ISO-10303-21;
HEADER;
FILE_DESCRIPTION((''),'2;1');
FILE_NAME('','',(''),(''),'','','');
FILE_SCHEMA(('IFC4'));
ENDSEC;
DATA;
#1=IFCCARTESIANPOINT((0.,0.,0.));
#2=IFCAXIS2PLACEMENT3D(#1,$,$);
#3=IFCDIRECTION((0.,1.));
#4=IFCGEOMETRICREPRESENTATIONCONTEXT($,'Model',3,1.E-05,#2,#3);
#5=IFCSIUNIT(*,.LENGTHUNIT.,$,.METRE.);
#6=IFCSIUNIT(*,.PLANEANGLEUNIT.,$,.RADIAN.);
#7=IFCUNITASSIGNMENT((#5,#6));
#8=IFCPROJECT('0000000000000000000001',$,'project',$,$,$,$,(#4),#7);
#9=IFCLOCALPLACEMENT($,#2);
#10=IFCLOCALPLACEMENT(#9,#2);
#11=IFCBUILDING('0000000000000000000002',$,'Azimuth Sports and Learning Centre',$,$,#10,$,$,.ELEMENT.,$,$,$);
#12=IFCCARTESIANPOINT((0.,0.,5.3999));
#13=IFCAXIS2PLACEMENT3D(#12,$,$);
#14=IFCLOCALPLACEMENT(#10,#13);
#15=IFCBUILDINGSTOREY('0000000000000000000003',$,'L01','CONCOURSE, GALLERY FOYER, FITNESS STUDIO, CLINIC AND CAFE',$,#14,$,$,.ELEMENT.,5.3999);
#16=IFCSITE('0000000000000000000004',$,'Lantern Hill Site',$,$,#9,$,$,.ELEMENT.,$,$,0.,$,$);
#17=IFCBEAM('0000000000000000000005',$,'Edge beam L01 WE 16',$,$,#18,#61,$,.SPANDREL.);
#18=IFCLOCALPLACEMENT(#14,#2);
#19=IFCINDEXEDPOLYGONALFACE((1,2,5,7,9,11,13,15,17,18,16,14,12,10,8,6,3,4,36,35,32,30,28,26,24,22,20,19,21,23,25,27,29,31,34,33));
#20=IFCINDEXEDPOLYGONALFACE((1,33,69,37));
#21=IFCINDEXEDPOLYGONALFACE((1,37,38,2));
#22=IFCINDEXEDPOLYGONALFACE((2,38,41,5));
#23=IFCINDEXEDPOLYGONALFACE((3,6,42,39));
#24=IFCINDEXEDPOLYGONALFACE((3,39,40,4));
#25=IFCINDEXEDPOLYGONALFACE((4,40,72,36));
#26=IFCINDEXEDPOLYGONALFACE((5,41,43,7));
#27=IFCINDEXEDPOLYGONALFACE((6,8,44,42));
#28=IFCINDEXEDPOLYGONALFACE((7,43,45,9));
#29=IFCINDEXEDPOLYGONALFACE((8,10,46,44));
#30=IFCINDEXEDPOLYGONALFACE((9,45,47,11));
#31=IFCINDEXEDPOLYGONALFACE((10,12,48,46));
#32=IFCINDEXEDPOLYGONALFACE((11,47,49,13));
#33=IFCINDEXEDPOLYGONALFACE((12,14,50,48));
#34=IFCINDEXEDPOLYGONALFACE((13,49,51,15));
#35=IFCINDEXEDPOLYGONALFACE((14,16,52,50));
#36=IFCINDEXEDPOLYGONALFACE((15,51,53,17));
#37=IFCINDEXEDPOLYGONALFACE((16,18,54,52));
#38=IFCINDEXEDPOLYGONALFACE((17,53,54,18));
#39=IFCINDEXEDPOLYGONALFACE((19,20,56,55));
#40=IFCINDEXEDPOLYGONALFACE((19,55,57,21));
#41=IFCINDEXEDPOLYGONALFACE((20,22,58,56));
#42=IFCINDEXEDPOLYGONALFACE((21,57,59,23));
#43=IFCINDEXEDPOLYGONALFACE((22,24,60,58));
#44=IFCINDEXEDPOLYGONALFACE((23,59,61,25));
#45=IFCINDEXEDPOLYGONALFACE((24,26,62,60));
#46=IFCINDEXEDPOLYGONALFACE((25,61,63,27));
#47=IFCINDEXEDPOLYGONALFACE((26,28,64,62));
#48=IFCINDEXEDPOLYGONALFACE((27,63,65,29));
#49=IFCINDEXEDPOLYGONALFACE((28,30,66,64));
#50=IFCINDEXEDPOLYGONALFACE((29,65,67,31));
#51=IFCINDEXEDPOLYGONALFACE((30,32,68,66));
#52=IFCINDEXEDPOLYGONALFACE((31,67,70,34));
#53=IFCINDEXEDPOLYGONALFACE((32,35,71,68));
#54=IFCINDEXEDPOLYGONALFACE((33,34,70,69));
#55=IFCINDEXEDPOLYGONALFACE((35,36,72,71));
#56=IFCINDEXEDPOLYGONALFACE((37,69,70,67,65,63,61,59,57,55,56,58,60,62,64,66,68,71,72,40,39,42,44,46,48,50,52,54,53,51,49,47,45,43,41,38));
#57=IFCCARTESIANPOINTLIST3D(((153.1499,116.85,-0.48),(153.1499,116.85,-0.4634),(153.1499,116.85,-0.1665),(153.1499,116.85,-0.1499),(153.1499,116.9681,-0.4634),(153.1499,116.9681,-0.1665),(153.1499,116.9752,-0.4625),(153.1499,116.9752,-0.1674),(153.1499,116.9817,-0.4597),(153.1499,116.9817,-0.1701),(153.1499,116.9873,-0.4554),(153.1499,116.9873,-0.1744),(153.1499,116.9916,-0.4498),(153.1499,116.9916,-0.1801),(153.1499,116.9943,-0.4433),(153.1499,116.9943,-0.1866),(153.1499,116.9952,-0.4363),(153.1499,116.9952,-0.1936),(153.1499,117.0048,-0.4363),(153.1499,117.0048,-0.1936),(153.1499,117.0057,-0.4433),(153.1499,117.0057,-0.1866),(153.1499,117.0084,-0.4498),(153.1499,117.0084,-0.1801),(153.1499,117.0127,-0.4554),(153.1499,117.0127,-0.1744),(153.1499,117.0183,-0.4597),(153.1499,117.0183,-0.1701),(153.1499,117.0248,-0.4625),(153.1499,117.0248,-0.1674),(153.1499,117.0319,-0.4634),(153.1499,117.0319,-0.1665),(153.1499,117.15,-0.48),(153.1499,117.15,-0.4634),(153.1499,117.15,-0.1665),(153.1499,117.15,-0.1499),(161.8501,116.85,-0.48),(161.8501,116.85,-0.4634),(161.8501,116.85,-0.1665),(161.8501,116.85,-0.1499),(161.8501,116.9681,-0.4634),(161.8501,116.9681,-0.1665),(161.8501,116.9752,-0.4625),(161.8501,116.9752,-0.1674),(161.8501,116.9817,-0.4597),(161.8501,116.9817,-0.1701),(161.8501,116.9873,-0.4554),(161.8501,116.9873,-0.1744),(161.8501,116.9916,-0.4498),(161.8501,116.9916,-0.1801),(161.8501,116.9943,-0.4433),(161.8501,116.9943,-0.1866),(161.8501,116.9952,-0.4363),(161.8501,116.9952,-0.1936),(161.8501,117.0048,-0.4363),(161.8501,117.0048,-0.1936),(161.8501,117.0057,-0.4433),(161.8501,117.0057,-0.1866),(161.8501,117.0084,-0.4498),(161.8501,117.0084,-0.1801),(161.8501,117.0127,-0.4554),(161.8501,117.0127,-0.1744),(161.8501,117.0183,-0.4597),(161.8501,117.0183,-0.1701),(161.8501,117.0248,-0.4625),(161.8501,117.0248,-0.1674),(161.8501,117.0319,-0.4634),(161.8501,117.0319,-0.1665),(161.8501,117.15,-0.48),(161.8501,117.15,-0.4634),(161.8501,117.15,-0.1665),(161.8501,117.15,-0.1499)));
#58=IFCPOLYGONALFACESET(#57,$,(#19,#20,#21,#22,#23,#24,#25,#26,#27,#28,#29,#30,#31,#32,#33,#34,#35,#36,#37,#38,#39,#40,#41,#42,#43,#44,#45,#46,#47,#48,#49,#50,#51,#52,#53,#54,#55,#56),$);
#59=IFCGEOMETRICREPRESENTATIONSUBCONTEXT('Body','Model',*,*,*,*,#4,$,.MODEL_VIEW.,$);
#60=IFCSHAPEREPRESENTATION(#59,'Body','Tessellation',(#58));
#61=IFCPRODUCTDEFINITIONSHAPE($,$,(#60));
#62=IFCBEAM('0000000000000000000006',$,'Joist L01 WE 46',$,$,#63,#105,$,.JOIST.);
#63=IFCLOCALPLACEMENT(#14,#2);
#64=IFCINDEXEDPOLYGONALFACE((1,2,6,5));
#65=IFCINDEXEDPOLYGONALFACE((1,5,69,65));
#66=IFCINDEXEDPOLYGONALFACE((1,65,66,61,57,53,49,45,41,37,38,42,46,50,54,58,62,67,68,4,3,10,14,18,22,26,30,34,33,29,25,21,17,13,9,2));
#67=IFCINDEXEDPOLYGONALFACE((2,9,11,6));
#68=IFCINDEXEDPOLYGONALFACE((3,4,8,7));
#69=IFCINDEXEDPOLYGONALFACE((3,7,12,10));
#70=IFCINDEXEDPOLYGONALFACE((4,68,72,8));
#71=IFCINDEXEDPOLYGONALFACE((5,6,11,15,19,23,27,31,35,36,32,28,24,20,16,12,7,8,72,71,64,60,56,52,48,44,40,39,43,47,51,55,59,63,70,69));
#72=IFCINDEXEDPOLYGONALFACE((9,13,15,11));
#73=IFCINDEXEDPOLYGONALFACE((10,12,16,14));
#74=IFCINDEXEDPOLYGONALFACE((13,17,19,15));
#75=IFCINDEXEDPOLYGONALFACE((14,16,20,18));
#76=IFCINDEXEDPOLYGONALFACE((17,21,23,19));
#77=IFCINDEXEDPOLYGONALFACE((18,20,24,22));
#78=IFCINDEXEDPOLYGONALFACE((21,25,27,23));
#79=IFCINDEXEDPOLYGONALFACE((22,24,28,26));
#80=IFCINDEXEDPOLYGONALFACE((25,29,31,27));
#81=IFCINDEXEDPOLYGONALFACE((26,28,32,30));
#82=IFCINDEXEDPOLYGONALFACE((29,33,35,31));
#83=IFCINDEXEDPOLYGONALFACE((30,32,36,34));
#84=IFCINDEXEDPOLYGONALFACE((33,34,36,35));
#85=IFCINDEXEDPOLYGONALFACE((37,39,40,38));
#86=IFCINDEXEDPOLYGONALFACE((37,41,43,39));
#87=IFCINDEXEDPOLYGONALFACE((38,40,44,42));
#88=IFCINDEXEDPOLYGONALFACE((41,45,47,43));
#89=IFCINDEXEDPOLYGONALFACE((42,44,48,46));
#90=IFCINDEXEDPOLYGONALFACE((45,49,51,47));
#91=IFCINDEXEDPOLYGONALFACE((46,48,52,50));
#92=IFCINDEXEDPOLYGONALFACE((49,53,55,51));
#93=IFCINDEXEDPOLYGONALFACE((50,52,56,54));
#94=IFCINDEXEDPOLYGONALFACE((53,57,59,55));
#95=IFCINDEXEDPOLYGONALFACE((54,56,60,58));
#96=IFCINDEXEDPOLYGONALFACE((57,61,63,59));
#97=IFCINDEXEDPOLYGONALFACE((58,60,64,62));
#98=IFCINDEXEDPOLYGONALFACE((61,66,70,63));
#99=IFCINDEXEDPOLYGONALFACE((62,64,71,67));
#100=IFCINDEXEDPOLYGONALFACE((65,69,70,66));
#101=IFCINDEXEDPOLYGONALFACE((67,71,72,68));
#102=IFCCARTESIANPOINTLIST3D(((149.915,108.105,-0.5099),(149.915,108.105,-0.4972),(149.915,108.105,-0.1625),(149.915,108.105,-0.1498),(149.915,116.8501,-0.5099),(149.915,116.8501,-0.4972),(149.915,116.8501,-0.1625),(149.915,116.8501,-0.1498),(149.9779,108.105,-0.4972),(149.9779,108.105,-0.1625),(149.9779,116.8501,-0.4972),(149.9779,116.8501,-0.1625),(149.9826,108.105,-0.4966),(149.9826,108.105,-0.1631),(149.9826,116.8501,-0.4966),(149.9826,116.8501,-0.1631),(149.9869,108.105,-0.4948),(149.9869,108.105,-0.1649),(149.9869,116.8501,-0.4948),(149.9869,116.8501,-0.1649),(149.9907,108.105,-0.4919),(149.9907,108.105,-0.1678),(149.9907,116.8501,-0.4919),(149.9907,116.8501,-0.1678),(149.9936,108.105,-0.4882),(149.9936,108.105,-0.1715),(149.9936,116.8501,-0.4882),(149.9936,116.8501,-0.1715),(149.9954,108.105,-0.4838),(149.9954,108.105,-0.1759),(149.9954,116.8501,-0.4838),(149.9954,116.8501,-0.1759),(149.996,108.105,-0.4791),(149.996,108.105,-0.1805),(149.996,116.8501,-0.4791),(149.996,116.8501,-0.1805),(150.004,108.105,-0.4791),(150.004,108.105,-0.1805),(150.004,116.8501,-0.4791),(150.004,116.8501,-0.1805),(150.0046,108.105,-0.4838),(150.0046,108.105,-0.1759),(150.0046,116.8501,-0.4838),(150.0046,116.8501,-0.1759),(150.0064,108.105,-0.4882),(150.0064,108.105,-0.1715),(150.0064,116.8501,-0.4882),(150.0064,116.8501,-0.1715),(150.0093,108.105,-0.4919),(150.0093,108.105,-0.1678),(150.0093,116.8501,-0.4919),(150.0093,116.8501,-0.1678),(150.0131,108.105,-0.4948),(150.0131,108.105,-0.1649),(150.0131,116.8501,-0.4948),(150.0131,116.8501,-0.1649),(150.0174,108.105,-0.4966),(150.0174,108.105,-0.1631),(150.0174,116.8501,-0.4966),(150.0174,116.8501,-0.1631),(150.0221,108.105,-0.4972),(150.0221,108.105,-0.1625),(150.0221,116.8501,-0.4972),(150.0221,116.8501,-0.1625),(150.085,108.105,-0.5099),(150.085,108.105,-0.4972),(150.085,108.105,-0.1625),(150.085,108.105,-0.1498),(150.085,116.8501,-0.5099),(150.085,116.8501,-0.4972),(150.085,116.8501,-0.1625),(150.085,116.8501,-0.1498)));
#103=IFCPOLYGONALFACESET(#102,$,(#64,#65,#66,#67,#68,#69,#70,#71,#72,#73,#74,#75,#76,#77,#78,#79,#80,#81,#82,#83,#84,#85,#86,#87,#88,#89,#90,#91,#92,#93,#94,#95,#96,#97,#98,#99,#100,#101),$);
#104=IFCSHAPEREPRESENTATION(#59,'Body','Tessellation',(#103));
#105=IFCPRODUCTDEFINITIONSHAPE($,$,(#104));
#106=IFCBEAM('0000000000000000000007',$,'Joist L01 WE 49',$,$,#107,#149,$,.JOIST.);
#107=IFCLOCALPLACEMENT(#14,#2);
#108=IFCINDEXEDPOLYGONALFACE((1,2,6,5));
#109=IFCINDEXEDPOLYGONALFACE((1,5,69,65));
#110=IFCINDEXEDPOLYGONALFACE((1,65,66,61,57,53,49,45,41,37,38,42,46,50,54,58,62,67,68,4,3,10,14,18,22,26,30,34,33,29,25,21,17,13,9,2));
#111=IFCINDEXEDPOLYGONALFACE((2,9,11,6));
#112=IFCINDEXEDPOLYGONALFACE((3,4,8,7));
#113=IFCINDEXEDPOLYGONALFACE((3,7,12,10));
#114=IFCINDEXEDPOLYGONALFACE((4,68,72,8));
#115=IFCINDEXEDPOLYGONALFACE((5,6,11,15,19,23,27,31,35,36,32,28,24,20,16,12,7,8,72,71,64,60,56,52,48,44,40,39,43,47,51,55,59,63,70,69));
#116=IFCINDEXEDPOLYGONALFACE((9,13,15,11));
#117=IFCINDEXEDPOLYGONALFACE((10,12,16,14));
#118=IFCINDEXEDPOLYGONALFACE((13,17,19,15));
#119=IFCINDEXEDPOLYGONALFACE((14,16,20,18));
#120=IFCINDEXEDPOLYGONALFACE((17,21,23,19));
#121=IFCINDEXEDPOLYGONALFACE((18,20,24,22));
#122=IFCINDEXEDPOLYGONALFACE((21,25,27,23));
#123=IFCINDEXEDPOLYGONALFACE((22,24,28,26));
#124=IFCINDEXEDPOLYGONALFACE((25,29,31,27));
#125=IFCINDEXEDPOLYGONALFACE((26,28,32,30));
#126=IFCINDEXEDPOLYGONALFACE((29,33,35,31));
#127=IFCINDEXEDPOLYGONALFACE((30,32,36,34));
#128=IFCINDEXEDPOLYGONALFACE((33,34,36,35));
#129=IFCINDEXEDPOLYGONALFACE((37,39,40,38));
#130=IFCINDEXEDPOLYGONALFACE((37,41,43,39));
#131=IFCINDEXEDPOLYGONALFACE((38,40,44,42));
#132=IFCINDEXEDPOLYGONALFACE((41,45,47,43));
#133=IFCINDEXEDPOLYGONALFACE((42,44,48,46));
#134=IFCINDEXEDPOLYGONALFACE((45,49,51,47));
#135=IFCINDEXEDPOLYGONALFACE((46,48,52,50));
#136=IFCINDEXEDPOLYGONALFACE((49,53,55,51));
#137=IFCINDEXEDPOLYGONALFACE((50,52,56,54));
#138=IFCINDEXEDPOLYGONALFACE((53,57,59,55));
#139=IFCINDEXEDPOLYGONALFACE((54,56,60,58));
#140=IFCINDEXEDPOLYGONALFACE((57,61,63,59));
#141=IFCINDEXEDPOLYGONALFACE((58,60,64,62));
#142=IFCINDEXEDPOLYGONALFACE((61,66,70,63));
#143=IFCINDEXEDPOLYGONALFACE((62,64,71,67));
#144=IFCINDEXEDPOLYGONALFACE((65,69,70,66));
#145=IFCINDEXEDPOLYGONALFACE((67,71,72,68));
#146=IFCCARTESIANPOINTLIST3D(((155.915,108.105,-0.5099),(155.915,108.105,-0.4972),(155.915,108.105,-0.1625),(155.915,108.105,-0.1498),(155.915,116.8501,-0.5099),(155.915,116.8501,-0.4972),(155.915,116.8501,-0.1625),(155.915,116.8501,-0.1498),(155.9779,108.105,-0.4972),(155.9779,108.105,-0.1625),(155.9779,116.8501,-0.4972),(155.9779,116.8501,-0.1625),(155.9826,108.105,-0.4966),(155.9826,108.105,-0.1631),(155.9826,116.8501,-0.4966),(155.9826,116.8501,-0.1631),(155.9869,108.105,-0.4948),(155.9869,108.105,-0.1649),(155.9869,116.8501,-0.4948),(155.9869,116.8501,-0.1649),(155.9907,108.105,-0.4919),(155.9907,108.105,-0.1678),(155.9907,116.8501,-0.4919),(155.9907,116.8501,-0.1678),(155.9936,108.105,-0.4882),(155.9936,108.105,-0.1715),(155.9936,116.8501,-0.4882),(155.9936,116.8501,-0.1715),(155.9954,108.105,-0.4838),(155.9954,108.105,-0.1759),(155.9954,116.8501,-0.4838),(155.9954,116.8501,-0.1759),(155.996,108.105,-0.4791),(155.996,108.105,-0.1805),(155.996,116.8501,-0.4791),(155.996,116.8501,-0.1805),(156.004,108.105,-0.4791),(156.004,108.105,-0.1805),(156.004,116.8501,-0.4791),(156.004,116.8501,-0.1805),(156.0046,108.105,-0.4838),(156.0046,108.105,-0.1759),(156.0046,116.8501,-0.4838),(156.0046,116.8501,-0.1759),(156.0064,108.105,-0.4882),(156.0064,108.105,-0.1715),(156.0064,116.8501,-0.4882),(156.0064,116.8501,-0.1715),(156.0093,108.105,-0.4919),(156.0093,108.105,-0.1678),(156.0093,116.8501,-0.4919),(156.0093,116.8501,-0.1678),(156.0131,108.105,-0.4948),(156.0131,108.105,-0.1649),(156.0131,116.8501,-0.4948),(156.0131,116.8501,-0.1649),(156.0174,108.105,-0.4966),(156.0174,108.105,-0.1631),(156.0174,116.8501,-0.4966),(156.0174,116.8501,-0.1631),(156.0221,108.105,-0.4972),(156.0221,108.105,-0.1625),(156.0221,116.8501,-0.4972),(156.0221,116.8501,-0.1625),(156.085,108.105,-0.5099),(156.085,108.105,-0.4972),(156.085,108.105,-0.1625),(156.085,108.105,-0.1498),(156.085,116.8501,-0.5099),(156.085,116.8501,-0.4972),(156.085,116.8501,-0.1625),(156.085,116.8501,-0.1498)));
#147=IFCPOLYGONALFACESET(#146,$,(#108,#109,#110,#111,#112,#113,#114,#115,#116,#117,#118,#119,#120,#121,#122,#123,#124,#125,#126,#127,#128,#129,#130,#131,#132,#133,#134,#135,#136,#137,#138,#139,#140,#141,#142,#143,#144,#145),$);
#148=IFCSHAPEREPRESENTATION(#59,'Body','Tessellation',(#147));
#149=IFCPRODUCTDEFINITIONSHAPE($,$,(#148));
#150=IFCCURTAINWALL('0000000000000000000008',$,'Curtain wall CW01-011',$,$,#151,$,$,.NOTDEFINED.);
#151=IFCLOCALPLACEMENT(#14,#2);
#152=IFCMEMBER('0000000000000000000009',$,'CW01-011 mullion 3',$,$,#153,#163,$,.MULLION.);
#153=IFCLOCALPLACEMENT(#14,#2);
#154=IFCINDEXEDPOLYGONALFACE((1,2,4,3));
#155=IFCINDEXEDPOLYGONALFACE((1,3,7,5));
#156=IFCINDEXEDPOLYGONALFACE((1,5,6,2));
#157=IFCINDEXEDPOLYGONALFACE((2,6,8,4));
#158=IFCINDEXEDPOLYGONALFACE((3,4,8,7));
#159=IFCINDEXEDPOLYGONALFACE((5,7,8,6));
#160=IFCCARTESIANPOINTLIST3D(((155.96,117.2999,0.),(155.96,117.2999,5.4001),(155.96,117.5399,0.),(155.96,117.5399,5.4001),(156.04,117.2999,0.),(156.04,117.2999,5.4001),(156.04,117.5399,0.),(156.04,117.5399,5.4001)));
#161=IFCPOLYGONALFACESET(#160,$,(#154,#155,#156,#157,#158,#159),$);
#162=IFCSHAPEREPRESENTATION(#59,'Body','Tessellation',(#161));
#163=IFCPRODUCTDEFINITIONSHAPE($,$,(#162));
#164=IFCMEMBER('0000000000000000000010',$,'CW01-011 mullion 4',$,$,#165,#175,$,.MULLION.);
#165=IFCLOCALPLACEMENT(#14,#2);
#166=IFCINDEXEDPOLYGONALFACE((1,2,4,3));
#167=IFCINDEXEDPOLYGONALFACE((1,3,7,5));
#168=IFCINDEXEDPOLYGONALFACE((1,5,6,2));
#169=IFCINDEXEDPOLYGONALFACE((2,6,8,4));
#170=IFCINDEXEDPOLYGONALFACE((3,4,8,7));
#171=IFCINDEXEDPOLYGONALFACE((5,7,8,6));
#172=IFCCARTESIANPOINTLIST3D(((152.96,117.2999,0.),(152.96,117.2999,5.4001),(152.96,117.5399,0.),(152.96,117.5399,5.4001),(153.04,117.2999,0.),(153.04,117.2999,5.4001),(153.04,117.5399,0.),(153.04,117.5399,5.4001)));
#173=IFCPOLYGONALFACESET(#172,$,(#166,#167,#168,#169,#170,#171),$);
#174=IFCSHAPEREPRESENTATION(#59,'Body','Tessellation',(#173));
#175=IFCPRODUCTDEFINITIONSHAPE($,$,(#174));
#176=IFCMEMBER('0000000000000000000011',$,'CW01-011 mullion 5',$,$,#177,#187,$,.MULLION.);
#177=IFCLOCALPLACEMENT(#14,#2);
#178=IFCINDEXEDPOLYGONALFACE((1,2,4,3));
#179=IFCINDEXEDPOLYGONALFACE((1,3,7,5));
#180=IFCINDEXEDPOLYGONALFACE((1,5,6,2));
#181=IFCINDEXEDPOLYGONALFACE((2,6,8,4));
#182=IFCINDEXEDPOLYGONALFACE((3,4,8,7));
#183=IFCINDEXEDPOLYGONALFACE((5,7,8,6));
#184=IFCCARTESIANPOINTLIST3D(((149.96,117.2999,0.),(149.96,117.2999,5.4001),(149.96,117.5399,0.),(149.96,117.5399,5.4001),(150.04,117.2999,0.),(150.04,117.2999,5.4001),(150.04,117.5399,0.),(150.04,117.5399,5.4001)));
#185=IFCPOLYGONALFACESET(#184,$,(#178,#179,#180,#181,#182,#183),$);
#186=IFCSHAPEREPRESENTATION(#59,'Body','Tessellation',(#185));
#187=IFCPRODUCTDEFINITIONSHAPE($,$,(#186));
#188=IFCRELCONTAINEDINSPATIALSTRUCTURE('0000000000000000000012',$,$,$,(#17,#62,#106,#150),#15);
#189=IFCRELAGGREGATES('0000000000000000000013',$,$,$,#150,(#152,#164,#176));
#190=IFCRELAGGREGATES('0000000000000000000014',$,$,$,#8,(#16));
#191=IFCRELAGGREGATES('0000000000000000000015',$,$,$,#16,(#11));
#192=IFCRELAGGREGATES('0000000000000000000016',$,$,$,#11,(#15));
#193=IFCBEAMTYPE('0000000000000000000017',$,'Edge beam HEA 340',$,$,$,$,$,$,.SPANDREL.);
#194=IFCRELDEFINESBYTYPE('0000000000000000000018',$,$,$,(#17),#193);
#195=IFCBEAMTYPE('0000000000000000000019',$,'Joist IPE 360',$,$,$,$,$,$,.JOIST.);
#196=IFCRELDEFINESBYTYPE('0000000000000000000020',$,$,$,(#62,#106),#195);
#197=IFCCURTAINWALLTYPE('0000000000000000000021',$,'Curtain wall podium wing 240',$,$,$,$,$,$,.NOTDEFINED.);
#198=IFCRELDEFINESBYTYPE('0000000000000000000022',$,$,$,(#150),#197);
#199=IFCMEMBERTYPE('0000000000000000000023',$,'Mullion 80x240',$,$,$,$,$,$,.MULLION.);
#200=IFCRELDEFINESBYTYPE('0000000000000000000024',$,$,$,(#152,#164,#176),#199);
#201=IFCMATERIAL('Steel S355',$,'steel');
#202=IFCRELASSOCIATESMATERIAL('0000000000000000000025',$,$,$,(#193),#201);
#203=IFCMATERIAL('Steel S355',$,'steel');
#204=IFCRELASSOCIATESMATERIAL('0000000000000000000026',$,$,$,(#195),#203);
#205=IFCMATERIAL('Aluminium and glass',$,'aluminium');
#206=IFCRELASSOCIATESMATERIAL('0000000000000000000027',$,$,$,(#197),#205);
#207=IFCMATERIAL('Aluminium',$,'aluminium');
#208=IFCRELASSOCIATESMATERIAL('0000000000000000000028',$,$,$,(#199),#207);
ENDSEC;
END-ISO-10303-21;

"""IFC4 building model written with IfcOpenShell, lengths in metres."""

from ifc_helpers import new_model, si_unit, direction, frame, origin, origin_2d, place, context, subcontext, project, spatial, rectangle, i_section, extrude, material, material_profile, profile_set, type_object, element, aggregate, save


model = new_model("IFC4")

# Units and contexts
model_context = context("Model", 3, precision=1e-05, world=origin(), true_north=direction((0.0, 1.0)))
body_context = subcontext(model_context, "Body", "Model", "MODEL_VIEW")
ifc_project = project(units=[si_unit("LENGTHUNIT", "METRE"), si_unit("PLANEANGLEUNIT", "RADIAN")], contexts=[model_context])

# Site, building, storey
site_placement = place(None, origin())
site = spatial("IfcSite", under=ifc_project, at=site_placement, Name="Lantern Hill Site", CompositionType="ELEMENT", RefElevation=0.0)
building_placement = place(site_placement, origin())
building = spatial("IfcBuilding", under=site, at=building_placement, Name="Azimuth Sports and Learning Centre", CompositionType="ELEMENT")
storey_placement = place(building_placement, frame((0.0, 0.0, 5.3999)))
storey = spatial("IfcBuildingStorey", under=building, at=storey_placement, Name="L01", Description="CONCOURSE, GALLERY FOYER, FITNESS STUDIO, CLINIC AND CAFE", CompositionType="ELEMENT", Elevation=5.3999)

# Beams
ifc_material_1 = material(Name="Steel S355", Category="steel")
ifc_material_profile_1 = material_profile(ifc_material_1, i_section(OverallWidth=0.3, OverallDepth=0.3301, WebThickness=0.0095, FlangeThickness=0.0166, FilletRadius=0.0271, at=origin_2d()), Name="HEA 340")
ifc_profile_set_1 = profile_set([ifc_material_profile_1], Name="Steel S355")
beam_type_1 = type_object("IfcBeamType", Name="Edge beam HEA 340", PredefinedType="SPANDREL", material=ifc_profile_set_1)
beam_1_placement = place(storey_placement, frame((153.1499, 117.0, -0.3149), z_axis=(1.0, 0.0, 0.0), x_axis=(0.0, 1.0, 0.0)))
element("IfcBeam", 1, at=beam_1_placement, inside=storey, type_object=beam_type_1, Name="Edge beam L01 WE 16", PredefinedType="SPANDREL", context=body_context, shape_type="SweptSolid", body=[
    extrude(i_section(OverallWidth=0.3, OverallDepth=0.3301, WebThickness=0.0095, FlangeThickness=0.0166, FilletRadius=0.0271, at=origin_2d()), origin(), (0.0, 0.0, 1.0), 8.7002),
])
ifc_material_2 = material(Name="Steel S355", Category="steel")
ifc_material_profile_2 = material_profile(ifc_material_2, i_section(OverallWidth=0.1699, OverallDepth=0.3601, WebThickness=0.0081, FlangeThickness=0.0127, FilletRadius=0.0181, at=origin_2d()), Name="IPE 360")
ifc_profile_set_2 = profile_set([ifc_material_profile_2], Name="Steel S355")
beam_type_2 = type_object("IfcBeamType", Name="Joist IPE 360", PredefinedType="JOIST", material=ifc_profile_set_2)
for number, where, z_axis, x_axis, name in (
    (2, (150.0, 108.105, -0.3298), (0.0, 1.0, 0.0), (-1.0, 0.0, 0.0), "Joist L01 WE 46"),
    (3, (156.0, 108.105, -0.3298), (0.0, 1.0, 0.0), (-1.0, 0.0, 0.0), "Joist L01 WE 49"),
):
    element("IfcBeam", number, at=place(storey_placement, frame(where, z_axis=z_axis, x_axis=x_axis)), inside=storey, type_object=beam_type_2, Name=name, PredefinedType="JOIST", context=body_context, shape_type="SweptSolid", body=[
        extrude(i_section(OverallWidth=0.1699, OverallDepth=0.3601, WebThickness=0.0081, FlangeThickness=0.0127, FilletRadius=0.0181, at=origin_2d()), origin(), (0.0, 0.0, 1.0), 8.7451),
    ])

# Curtain wall, members
ifc_material_3 = material(Name="Aluminium and glass", Category="aluminium")
curtain_wall_type = type_object("IfcCurtainWallType", Name="Curtain wall podium wing 240", PredefinedType="NOTDEFINED", material=ifc_material_3)
curtain_wall_placement = place(storey_placement, origin())
curtain_wall = element("IfcCurtainWall", 4, at=curtain_wall_placement, inside=storey, type_object=curtain_wall_type, Name="Curtain wall CW01-011", PredefinedType="NOTDEFINED")
ifc_material_4 = material(Name="Aluminium", Category="aluminium")
ifc_material_profile_3 = material_profile(ifc_material_4, rectangle(XDim=0.24, YDim=0.0801, at=origin_2d()), Name="Mullion 80x240")
ifc_profile_set_3 = profile_set([ifc_material_profile_3], Name="Aluminium")
member_type_1 = type_object("IfcMemberType", Name="Mullion 80x240", PredefinedType="MULLION", material=ifc_profile_set_3)
member_1_placement = place(storey_placement, frame((156.0, 117.4199, 0.0), z_axis=(0.0, 0.0, 1.0), x_axis=(0.0, -1.0, 0.0)))
member_1 = element("IfcMember", 5, at=member_1_placement, type_object=member_type_1, Name="CW01-011 mullion 3", PredefinedType="MULLION", context=body_context, shape_type="SweptSolid", body=[
    extrude(rectangle(XDim=0.24, YDim=0.0801, at=origin_2d()), origin(), (0.0, 0.0, 1.0), 5.4001),
])
member_2_placement = place(storey_placement, frame((153.0, 117.4199, 0.0), z_axis=(0.0, 0.0, 1.0), x_axis=(0.0, -1.0, 0.0)))
member_2 = element("IfcMember", 6, at=member_2_placement, type_object=member_type_1, Name="CW01-011 mullion 4", PredefinedType="MULLION", context=body_context, shape_type="SweptSolid", body=[
    extrude(rectangle(XDim=0.24, YDim=0.0801, at=origin_2d()), origin(), (0.0, 0.0, 1.0), 5.4001),
])
member_3_placement = place(storey_placement, frame((150.0, 117.4199, 0.0), z_axis=(0.0, 0.0, 1.0), x_axis=(0.0, -1.0, 0.0)))
member_3 = element("IfcMember", 7, at=member_3_placement, type_object=member_type_1, Name="CW01-011 mullion 5", PredefinedType="MULLION", context=body_context, shape_type="SweptSolid", body=[
    extrude(rectangle(XDim=0.24, YDim=0.0801, at=origin_2d()), origin(), (0.0, 0.0, 1.0), 5.4001),
])
aggregate(curtain_wall, [member_1, member_2, member_3])

save(model, "model.ifc")
